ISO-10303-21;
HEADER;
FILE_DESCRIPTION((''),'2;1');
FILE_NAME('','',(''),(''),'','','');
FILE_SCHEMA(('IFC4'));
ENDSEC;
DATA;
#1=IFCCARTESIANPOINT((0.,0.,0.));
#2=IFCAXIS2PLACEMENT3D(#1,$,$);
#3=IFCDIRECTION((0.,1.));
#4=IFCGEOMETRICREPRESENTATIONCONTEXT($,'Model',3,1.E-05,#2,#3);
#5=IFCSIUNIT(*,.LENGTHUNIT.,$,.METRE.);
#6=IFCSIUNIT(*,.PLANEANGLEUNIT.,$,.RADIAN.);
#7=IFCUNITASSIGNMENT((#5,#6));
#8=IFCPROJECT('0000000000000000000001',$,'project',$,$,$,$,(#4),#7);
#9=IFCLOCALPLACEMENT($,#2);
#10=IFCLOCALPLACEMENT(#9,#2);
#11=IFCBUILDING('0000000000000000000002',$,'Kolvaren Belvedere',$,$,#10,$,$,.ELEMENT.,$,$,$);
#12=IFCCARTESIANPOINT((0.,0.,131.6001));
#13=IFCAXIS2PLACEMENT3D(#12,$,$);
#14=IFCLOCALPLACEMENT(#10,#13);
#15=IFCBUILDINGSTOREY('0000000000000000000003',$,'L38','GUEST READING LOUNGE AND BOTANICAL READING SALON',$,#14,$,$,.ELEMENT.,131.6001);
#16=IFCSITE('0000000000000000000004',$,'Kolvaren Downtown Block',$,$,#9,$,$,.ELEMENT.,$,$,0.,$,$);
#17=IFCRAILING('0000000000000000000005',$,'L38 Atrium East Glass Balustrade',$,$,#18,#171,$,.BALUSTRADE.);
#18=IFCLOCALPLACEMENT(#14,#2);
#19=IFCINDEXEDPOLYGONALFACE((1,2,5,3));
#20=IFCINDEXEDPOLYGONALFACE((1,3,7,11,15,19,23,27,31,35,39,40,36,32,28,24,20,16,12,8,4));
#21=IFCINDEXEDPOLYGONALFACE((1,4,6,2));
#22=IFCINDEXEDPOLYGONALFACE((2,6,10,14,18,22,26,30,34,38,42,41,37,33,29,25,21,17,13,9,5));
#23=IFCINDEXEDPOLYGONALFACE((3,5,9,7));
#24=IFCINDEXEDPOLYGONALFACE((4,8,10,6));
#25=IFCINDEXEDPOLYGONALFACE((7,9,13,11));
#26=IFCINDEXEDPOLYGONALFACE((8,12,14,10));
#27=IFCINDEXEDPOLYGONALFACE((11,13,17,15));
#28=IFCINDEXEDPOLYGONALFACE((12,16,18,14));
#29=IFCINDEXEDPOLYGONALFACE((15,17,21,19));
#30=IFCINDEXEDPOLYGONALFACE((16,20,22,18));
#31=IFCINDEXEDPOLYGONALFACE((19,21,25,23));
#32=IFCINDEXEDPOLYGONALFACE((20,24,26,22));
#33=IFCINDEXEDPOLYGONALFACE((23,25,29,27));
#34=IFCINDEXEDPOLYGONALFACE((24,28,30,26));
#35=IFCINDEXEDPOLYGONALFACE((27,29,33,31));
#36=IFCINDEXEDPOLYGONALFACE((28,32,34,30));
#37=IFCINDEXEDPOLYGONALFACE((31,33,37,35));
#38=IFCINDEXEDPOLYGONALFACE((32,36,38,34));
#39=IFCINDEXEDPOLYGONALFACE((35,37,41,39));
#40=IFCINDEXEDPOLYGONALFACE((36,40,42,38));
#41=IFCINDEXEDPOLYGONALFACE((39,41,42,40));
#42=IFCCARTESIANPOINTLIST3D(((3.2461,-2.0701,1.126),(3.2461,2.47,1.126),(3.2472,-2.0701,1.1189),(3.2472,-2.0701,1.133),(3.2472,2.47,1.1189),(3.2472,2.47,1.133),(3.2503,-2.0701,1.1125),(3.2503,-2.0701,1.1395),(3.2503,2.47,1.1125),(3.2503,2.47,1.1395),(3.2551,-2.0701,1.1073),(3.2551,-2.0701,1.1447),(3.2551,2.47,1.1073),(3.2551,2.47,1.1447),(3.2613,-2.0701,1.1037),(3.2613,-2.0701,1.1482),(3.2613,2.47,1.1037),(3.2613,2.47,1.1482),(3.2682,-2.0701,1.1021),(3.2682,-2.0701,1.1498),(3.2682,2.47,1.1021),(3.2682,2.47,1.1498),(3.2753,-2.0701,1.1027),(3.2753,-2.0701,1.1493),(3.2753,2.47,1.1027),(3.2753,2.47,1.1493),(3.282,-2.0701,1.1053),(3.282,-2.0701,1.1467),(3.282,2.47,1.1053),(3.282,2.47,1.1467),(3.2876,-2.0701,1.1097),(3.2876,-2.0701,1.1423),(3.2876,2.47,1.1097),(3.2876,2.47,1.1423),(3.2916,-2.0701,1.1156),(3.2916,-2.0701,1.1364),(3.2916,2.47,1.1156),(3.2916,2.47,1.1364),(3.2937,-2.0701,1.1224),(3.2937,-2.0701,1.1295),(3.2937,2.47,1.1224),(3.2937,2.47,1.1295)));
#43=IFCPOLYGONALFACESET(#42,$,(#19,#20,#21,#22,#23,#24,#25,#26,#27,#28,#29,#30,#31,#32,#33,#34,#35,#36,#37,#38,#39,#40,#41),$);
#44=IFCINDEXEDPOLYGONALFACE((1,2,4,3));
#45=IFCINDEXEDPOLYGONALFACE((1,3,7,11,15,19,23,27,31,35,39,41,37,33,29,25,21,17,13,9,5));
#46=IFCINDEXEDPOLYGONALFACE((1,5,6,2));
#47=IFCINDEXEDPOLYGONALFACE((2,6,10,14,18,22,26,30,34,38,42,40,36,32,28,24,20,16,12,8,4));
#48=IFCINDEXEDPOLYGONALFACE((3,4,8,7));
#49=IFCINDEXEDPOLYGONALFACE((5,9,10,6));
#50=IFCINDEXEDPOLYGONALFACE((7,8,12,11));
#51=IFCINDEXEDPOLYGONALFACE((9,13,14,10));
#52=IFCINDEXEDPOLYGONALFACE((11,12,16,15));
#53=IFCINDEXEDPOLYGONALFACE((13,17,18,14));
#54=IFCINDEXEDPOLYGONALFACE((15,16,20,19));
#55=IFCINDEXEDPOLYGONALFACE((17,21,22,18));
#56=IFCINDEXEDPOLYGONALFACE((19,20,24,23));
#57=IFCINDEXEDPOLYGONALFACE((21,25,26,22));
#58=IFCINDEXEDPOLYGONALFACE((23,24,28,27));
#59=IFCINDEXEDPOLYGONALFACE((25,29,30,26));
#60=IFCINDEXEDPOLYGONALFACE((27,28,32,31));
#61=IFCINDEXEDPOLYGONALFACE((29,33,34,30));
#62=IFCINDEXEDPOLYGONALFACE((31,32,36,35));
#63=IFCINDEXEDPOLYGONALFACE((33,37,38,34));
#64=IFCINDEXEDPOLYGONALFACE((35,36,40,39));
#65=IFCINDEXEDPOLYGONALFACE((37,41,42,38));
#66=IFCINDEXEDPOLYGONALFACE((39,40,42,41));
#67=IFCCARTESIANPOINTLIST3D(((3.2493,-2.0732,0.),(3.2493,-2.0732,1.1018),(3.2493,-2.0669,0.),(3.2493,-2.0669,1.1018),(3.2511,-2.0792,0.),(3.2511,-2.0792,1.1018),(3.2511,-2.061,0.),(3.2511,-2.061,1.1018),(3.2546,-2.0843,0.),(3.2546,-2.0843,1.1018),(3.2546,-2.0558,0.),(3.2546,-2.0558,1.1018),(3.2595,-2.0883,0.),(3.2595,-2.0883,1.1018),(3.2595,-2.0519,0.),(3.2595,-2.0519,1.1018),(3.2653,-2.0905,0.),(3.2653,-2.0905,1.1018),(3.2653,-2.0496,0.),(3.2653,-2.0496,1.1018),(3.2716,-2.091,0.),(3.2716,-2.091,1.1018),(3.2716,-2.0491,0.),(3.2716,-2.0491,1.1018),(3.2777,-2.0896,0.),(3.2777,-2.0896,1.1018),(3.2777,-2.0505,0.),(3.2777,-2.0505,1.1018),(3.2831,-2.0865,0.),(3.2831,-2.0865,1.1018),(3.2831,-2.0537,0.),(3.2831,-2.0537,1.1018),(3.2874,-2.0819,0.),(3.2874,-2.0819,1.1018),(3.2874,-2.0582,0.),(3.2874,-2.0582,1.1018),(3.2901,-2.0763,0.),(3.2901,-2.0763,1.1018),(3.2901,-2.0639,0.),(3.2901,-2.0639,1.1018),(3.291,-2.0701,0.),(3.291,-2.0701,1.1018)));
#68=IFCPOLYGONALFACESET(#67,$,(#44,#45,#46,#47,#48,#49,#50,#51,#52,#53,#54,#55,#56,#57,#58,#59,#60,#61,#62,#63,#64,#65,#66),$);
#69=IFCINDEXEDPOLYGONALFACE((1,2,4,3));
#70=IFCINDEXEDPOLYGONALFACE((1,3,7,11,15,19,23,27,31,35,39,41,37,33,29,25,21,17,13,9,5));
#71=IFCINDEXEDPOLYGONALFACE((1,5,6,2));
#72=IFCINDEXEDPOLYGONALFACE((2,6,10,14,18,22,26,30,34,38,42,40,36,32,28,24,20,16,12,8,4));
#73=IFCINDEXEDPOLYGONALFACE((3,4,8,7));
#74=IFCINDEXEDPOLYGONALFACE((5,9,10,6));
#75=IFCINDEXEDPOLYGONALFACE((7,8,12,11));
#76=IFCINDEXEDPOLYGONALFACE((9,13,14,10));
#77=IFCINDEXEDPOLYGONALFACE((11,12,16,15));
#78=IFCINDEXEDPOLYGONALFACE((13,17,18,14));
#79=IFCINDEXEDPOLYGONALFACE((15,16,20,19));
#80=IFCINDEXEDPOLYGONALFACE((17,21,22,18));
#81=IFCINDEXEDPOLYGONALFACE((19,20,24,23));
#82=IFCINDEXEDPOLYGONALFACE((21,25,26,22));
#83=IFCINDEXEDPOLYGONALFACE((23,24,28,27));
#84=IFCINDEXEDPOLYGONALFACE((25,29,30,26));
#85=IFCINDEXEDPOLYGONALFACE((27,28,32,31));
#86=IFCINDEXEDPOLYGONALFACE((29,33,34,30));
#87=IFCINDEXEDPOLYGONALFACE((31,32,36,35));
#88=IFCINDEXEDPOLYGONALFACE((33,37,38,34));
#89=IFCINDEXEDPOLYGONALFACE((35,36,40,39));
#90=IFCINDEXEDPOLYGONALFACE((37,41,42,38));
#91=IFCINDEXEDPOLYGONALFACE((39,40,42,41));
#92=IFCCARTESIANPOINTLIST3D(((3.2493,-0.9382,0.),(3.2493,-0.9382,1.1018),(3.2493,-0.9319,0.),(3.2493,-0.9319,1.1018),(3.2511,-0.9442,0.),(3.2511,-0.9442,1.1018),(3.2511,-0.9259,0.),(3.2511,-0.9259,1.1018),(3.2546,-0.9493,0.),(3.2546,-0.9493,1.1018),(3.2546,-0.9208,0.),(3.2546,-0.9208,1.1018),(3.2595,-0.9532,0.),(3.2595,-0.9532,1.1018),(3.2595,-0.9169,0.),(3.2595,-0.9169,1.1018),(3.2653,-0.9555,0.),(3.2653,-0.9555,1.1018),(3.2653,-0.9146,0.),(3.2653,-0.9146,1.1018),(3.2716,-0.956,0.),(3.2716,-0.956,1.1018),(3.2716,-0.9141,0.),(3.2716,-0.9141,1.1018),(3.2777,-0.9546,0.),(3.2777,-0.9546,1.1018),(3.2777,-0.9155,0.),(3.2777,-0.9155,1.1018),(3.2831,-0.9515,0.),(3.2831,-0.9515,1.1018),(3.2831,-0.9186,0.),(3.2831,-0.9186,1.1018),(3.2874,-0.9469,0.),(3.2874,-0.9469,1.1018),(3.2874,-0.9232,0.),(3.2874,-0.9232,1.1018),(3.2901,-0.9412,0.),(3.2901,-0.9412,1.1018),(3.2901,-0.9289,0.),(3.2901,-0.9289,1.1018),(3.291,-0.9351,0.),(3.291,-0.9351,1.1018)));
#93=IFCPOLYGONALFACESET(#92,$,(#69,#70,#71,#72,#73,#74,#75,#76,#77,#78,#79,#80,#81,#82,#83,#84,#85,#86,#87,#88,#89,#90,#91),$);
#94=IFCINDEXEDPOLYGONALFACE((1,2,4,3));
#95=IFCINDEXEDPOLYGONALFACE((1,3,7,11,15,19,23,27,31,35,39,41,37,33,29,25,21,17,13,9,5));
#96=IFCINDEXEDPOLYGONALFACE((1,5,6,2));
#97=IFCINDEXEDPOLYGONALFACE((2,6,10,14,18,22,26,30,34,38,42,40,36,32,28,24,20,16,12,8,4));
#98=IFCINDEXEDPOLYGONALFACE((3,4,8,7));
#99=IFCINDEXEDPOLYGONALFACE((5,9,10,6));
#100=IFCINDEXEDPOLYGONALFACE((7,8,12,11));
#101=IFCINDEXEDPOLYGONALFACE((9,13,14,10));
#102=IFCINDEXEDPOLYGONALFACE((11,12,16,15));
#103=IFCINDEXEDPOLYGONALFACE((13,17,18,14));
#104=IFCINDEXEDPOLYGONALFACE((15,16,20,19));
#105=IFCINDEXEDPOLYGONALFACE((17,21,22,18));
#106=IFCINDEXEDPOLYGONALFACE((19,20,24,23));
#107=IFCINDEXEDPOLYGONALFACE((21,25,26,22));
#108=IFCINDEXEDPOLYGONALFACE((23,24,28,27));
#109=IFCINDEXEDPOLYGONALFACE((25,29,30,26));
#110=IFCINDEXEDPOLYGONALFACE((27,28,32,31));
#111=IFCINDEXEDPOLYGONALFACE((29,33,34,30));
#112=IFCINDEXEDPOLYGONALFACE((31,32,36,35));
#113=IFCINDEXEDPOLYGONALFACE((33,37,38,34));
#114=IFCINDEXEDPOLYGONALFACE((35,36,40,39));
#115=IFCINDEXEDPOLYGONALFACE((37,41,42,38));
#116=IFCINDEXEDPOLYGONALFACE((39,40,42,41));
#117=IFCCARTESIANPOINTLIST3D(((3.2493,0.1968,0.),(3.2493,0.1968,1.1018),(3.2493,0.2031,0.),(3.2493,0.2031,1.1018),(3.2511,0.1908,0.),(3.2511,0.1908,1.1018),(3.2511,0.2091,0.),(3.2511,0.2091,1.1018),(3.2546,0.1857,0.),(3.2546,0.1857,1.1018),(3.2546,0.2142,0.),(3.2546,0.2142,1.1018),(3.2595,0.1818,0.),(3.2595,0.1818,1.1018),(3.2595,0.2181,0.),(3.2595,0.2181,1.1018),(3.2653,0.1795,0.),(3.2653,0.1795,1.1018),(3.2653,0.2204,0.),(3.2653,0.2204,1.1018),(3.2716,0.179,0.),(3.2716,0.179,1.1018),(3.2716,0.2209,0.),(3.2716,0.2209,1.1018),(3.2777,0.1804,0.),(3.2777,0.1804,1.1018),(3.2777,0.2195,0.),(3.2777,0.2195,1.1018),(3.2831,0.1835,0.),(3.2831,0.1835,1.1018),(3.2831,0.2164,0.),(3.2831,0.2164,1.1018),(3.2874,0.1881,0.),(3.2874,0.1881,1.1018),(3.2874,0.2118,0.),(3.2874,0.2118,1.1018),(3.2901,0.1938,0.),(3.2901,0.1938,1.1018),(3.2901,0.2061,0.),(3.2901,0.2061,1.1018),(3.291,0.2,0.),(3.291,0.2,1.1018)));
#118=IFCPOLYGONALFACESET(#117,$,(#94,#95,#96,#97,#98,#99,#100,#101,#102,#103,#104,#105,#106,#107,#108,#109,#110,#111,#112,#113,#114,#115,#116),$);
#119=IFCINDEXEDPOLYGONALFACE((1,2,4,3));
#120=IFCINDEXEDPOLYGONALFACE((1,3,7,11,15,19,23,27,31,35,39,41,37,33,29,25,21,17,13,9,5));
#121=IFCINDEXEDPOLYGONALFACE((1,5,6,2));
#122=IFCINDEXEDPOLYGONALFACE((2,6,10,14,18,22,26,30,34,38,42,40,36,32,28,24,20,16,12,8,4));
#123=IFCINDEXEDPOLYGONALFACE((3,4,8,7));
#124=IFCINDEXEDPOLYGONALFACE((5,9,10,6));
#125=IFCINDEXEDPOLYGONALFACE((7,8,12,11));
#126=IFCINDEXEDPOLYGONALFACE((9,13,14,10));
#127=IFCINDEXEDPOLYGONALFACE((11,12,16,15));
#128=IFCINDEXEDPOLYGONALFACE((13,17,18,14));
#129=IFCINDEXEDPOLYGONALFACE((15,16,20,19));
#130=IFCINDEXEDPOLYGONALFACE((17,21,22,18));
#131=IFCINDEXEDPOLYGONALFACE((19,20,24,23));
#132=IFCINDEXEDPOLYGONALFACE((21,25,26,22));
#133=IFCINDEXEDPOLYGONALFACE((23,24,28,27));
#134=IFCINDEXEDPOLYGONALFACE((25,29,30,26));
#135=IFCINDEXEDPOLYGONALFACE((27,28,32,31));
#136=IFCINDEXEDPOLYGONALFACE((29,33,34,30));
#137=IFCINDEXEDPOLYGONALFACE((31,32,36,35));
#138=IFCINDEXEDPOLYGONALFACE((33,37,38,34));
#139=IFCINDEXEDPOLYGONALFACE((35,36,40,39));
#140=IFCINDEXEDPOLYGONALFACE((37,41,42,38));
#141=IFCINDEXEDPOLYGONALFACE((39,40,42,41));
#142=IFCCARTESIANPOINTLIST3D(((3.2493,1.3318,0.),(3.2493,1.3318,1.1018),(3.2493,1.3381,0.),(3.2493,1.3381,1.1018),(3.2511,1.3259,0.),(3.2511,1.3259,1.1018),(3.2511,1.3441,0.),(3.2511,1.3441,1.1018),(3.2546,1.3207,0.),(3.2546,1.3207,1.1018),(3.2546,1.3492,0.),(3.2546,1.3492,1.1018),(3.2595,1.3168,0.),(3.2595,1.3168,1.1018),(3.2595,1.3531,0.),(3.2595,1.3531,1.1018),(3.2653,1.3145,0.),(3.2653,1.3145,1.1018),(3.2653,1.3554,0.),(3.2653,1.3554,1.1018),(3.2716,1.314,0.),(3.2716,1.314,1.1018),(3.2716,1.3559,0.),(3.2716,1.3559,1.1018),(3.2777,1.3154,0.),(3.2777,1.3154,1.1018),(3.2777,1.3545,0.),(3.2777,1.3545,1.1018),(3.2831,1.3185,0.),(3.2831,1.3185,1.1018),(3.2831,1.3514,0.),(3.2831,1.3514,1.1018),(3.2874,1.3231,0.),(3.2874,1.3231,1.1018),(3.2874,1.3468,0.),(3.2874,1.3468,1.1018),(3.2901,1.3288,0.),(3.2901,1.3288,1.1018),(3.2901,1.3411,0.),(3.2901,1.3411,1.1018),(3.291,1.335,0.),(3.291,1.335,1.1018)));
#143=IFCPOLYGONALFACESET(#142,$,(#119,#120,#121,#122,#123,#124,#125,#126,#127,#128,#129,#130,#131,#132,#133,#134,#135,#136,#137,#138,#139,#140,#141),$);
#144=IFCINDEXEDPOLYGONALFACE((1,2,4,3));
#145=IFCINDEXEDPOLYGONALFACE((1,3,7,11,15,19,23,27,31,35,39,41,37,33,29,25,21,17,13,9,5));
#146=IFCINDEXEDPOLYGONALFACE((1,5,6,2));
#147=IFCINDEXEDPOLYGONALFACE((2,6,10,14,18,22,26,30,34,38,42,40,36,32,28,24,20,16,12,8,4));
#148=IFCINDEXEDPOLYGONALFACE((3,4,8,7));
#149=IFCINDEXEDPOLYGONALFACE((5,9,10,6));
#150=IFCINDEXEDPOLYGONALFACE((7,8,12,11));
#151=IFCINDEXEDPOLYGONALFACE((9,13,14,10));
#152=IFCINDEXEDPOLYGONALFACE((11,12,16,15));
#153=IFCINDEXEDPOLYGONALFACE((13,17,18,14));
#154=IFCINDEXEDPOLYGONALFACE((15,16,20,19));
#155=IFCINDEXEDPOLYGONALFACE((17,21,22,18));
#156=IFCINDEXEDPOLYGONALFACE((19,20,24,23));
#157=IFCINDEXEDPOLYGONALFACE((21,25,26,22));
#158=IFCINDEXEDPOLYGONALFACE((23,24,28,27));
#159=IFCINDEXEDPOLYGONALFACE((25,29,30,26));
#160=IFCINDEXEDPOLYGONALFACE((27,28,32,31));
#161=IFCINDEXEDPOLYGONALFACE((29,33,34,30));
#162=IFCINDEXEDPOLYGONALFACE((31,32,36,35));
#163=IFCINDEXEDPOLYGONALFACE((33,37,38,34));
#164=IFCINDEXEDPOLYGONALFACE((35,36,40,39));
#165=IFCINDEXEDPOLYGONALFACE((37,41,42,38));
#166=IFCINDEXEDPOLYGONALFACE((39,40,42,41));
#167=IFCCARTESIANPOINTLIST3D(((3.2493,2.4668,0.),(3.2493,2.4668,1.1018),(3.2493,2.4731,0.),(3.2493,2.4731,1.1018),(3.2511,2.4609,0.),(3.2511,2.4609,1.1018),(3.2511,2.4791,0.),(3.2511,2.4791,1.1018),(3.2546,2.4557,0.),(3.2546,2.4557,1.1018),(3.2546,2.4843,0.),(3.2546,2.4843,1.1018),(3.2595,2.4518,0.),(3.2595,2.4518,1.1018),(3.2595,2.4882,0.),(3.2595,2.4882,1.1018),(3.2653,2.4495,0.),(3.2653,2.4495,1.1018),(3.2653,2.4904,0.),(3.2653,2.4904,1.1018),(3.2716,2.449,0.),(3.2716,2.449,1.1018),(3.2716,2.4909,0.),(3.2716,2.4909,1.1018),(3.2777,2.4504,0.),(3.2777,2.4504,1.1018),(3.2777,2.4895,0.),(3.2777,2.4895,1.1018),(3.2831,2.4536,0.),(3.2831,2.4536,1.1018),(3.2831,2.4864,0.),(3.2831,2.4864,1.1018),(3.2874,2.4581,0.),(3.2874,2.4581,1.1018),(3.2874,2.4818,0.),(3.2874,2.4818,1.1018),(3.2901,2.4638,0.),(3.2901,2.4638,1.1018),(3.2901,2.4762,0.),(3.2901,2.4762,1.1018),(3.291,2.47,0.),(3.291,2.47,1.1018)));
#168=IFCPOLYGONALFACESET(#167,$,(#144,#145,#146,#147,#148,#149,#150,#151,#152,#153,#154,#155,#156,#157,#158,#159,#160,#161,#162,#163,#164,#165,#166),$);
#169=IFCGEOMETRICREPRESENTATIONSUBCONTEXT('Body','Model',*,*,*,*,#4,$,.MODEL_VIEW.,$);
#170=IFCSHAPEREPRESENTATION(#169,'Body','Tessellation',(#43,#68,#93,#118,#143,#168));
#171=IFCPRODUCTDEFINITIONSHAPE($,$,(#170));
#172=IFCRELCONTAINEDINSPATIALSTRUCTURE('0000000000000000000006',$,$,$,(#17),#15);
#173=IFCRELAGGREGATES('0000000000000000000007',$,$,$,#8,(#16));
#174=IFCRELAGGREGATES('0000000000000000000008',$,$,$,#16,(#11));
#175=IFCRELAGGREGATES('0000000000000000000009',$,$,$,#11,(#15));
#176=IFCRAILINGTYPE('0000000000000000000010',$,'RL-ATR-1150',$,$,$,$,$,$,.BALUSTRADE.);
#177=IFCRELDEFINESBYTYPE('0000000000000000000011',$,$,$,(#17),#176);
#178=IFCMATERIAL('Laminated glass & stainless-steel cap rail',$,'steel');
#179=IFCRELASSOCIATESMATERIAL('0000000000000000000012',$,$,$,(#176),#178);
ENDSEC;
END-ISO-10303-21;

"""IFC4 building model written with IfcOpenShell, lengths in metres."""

from ifc_helpers import new_model, si_unit, direction, frame, origin, origin_2d, place, context, subcontext, project, spatial, circle, extrude, material, type_object, element, save


model = new_model("IFC4")

# Units and contexts
model_context = context("Model", 3, precision=1e-05, world=origin(), true_north=direction((0.0, 1.0)))
body_context = subcontext(model_context, "Body", "Model", "MODEL_VIEW")
ifc_project = project(units=[si_unit("LENGTHUNIT", "METRE"), si_unit("PLANEANGLEUNIT", "RADIAN")], contexts=[model_context])

# Site, building, storey
site_placement = place(None, origin())
site = spatial("IfcSite", under=ifc_project, at=site_placement, Name="Kolvaren Downtown Block", CompositionType="ELEMENT", RefElevation=0.0)
building_placement = place(site_placement, origin())
building = spatial("IfcBuilding", under=site, at=building_placement, Name="Kolvaren Belvedere", CompositionType="ELEMENT")
storey_placement = place(building_placement, frame((0.0, 0.0, 131.6001)))
storey = spatial("IfcBuildingStorey", under=building, at=storey_placement, Name="L38", Description="GUEST READING LOUNGE AND BOTANICAL READING SALON", CompositionType="ELEMENT", Elevation=131.6001)

# Railing
ifc_material_1 = material(Name="Laminated glass & stainless-steel cap rail", Category="steel")
railing_type_1 = type_object("IfcRailingType", Name="RL-ATR-1150", PredefinedType="BALUSTRADE", material=ifc_material_1)
railing_1_placement = place(storey_placement, frame((3.27, -2.0701, 0.0)))
element("IfcRailing", 1, at=railing_1_placement, inside=storey, type_object=railing_type_1, Name="L38 Atrium East Glass Balustrade", PredefinedType="BALUSTRADE", context=body_context, shape_type="SweptSolid", body=[
    extrude(circle(Radius=0.0239, at=origin_2d()), frame((0.0, 0.0, 1.126), z_axis=(0.0, 1.0, 0.0), x_axis=(-1.0, 0.0, 0.0)), (0.0, 0.0, 1.0), 4.54),
    extrude(circle(Radius=0.021, at=origin_2d()), origin(), (0.0, 0.0, 1.0), 1.1018),
    extrude(circle(Radius=0.021, at=origin_2d()), frame((0.0, 1.135, 0.0)), (0.0, 0.0, 1.0), 1.1018),
    extrude(circle(Radius=0.021, at=origin_2d()), frame((0.0, 2.27, 0.0)), (0.0, 0.0, 1.0), 1.1018),
    extrude(circle(Radius=0.021, at=origin_2d()), frame((0.0, 3.405, 0.0)), (0.0, 0.0, 1.0), 1.1018),
    extrude(circle(Radius=0.021, at=origin_2d()), frame((0.0, 4.54, 0.0)), (0.0, 0.0, 1.0), 1.1018),
])

save(model, "model.ifc")
